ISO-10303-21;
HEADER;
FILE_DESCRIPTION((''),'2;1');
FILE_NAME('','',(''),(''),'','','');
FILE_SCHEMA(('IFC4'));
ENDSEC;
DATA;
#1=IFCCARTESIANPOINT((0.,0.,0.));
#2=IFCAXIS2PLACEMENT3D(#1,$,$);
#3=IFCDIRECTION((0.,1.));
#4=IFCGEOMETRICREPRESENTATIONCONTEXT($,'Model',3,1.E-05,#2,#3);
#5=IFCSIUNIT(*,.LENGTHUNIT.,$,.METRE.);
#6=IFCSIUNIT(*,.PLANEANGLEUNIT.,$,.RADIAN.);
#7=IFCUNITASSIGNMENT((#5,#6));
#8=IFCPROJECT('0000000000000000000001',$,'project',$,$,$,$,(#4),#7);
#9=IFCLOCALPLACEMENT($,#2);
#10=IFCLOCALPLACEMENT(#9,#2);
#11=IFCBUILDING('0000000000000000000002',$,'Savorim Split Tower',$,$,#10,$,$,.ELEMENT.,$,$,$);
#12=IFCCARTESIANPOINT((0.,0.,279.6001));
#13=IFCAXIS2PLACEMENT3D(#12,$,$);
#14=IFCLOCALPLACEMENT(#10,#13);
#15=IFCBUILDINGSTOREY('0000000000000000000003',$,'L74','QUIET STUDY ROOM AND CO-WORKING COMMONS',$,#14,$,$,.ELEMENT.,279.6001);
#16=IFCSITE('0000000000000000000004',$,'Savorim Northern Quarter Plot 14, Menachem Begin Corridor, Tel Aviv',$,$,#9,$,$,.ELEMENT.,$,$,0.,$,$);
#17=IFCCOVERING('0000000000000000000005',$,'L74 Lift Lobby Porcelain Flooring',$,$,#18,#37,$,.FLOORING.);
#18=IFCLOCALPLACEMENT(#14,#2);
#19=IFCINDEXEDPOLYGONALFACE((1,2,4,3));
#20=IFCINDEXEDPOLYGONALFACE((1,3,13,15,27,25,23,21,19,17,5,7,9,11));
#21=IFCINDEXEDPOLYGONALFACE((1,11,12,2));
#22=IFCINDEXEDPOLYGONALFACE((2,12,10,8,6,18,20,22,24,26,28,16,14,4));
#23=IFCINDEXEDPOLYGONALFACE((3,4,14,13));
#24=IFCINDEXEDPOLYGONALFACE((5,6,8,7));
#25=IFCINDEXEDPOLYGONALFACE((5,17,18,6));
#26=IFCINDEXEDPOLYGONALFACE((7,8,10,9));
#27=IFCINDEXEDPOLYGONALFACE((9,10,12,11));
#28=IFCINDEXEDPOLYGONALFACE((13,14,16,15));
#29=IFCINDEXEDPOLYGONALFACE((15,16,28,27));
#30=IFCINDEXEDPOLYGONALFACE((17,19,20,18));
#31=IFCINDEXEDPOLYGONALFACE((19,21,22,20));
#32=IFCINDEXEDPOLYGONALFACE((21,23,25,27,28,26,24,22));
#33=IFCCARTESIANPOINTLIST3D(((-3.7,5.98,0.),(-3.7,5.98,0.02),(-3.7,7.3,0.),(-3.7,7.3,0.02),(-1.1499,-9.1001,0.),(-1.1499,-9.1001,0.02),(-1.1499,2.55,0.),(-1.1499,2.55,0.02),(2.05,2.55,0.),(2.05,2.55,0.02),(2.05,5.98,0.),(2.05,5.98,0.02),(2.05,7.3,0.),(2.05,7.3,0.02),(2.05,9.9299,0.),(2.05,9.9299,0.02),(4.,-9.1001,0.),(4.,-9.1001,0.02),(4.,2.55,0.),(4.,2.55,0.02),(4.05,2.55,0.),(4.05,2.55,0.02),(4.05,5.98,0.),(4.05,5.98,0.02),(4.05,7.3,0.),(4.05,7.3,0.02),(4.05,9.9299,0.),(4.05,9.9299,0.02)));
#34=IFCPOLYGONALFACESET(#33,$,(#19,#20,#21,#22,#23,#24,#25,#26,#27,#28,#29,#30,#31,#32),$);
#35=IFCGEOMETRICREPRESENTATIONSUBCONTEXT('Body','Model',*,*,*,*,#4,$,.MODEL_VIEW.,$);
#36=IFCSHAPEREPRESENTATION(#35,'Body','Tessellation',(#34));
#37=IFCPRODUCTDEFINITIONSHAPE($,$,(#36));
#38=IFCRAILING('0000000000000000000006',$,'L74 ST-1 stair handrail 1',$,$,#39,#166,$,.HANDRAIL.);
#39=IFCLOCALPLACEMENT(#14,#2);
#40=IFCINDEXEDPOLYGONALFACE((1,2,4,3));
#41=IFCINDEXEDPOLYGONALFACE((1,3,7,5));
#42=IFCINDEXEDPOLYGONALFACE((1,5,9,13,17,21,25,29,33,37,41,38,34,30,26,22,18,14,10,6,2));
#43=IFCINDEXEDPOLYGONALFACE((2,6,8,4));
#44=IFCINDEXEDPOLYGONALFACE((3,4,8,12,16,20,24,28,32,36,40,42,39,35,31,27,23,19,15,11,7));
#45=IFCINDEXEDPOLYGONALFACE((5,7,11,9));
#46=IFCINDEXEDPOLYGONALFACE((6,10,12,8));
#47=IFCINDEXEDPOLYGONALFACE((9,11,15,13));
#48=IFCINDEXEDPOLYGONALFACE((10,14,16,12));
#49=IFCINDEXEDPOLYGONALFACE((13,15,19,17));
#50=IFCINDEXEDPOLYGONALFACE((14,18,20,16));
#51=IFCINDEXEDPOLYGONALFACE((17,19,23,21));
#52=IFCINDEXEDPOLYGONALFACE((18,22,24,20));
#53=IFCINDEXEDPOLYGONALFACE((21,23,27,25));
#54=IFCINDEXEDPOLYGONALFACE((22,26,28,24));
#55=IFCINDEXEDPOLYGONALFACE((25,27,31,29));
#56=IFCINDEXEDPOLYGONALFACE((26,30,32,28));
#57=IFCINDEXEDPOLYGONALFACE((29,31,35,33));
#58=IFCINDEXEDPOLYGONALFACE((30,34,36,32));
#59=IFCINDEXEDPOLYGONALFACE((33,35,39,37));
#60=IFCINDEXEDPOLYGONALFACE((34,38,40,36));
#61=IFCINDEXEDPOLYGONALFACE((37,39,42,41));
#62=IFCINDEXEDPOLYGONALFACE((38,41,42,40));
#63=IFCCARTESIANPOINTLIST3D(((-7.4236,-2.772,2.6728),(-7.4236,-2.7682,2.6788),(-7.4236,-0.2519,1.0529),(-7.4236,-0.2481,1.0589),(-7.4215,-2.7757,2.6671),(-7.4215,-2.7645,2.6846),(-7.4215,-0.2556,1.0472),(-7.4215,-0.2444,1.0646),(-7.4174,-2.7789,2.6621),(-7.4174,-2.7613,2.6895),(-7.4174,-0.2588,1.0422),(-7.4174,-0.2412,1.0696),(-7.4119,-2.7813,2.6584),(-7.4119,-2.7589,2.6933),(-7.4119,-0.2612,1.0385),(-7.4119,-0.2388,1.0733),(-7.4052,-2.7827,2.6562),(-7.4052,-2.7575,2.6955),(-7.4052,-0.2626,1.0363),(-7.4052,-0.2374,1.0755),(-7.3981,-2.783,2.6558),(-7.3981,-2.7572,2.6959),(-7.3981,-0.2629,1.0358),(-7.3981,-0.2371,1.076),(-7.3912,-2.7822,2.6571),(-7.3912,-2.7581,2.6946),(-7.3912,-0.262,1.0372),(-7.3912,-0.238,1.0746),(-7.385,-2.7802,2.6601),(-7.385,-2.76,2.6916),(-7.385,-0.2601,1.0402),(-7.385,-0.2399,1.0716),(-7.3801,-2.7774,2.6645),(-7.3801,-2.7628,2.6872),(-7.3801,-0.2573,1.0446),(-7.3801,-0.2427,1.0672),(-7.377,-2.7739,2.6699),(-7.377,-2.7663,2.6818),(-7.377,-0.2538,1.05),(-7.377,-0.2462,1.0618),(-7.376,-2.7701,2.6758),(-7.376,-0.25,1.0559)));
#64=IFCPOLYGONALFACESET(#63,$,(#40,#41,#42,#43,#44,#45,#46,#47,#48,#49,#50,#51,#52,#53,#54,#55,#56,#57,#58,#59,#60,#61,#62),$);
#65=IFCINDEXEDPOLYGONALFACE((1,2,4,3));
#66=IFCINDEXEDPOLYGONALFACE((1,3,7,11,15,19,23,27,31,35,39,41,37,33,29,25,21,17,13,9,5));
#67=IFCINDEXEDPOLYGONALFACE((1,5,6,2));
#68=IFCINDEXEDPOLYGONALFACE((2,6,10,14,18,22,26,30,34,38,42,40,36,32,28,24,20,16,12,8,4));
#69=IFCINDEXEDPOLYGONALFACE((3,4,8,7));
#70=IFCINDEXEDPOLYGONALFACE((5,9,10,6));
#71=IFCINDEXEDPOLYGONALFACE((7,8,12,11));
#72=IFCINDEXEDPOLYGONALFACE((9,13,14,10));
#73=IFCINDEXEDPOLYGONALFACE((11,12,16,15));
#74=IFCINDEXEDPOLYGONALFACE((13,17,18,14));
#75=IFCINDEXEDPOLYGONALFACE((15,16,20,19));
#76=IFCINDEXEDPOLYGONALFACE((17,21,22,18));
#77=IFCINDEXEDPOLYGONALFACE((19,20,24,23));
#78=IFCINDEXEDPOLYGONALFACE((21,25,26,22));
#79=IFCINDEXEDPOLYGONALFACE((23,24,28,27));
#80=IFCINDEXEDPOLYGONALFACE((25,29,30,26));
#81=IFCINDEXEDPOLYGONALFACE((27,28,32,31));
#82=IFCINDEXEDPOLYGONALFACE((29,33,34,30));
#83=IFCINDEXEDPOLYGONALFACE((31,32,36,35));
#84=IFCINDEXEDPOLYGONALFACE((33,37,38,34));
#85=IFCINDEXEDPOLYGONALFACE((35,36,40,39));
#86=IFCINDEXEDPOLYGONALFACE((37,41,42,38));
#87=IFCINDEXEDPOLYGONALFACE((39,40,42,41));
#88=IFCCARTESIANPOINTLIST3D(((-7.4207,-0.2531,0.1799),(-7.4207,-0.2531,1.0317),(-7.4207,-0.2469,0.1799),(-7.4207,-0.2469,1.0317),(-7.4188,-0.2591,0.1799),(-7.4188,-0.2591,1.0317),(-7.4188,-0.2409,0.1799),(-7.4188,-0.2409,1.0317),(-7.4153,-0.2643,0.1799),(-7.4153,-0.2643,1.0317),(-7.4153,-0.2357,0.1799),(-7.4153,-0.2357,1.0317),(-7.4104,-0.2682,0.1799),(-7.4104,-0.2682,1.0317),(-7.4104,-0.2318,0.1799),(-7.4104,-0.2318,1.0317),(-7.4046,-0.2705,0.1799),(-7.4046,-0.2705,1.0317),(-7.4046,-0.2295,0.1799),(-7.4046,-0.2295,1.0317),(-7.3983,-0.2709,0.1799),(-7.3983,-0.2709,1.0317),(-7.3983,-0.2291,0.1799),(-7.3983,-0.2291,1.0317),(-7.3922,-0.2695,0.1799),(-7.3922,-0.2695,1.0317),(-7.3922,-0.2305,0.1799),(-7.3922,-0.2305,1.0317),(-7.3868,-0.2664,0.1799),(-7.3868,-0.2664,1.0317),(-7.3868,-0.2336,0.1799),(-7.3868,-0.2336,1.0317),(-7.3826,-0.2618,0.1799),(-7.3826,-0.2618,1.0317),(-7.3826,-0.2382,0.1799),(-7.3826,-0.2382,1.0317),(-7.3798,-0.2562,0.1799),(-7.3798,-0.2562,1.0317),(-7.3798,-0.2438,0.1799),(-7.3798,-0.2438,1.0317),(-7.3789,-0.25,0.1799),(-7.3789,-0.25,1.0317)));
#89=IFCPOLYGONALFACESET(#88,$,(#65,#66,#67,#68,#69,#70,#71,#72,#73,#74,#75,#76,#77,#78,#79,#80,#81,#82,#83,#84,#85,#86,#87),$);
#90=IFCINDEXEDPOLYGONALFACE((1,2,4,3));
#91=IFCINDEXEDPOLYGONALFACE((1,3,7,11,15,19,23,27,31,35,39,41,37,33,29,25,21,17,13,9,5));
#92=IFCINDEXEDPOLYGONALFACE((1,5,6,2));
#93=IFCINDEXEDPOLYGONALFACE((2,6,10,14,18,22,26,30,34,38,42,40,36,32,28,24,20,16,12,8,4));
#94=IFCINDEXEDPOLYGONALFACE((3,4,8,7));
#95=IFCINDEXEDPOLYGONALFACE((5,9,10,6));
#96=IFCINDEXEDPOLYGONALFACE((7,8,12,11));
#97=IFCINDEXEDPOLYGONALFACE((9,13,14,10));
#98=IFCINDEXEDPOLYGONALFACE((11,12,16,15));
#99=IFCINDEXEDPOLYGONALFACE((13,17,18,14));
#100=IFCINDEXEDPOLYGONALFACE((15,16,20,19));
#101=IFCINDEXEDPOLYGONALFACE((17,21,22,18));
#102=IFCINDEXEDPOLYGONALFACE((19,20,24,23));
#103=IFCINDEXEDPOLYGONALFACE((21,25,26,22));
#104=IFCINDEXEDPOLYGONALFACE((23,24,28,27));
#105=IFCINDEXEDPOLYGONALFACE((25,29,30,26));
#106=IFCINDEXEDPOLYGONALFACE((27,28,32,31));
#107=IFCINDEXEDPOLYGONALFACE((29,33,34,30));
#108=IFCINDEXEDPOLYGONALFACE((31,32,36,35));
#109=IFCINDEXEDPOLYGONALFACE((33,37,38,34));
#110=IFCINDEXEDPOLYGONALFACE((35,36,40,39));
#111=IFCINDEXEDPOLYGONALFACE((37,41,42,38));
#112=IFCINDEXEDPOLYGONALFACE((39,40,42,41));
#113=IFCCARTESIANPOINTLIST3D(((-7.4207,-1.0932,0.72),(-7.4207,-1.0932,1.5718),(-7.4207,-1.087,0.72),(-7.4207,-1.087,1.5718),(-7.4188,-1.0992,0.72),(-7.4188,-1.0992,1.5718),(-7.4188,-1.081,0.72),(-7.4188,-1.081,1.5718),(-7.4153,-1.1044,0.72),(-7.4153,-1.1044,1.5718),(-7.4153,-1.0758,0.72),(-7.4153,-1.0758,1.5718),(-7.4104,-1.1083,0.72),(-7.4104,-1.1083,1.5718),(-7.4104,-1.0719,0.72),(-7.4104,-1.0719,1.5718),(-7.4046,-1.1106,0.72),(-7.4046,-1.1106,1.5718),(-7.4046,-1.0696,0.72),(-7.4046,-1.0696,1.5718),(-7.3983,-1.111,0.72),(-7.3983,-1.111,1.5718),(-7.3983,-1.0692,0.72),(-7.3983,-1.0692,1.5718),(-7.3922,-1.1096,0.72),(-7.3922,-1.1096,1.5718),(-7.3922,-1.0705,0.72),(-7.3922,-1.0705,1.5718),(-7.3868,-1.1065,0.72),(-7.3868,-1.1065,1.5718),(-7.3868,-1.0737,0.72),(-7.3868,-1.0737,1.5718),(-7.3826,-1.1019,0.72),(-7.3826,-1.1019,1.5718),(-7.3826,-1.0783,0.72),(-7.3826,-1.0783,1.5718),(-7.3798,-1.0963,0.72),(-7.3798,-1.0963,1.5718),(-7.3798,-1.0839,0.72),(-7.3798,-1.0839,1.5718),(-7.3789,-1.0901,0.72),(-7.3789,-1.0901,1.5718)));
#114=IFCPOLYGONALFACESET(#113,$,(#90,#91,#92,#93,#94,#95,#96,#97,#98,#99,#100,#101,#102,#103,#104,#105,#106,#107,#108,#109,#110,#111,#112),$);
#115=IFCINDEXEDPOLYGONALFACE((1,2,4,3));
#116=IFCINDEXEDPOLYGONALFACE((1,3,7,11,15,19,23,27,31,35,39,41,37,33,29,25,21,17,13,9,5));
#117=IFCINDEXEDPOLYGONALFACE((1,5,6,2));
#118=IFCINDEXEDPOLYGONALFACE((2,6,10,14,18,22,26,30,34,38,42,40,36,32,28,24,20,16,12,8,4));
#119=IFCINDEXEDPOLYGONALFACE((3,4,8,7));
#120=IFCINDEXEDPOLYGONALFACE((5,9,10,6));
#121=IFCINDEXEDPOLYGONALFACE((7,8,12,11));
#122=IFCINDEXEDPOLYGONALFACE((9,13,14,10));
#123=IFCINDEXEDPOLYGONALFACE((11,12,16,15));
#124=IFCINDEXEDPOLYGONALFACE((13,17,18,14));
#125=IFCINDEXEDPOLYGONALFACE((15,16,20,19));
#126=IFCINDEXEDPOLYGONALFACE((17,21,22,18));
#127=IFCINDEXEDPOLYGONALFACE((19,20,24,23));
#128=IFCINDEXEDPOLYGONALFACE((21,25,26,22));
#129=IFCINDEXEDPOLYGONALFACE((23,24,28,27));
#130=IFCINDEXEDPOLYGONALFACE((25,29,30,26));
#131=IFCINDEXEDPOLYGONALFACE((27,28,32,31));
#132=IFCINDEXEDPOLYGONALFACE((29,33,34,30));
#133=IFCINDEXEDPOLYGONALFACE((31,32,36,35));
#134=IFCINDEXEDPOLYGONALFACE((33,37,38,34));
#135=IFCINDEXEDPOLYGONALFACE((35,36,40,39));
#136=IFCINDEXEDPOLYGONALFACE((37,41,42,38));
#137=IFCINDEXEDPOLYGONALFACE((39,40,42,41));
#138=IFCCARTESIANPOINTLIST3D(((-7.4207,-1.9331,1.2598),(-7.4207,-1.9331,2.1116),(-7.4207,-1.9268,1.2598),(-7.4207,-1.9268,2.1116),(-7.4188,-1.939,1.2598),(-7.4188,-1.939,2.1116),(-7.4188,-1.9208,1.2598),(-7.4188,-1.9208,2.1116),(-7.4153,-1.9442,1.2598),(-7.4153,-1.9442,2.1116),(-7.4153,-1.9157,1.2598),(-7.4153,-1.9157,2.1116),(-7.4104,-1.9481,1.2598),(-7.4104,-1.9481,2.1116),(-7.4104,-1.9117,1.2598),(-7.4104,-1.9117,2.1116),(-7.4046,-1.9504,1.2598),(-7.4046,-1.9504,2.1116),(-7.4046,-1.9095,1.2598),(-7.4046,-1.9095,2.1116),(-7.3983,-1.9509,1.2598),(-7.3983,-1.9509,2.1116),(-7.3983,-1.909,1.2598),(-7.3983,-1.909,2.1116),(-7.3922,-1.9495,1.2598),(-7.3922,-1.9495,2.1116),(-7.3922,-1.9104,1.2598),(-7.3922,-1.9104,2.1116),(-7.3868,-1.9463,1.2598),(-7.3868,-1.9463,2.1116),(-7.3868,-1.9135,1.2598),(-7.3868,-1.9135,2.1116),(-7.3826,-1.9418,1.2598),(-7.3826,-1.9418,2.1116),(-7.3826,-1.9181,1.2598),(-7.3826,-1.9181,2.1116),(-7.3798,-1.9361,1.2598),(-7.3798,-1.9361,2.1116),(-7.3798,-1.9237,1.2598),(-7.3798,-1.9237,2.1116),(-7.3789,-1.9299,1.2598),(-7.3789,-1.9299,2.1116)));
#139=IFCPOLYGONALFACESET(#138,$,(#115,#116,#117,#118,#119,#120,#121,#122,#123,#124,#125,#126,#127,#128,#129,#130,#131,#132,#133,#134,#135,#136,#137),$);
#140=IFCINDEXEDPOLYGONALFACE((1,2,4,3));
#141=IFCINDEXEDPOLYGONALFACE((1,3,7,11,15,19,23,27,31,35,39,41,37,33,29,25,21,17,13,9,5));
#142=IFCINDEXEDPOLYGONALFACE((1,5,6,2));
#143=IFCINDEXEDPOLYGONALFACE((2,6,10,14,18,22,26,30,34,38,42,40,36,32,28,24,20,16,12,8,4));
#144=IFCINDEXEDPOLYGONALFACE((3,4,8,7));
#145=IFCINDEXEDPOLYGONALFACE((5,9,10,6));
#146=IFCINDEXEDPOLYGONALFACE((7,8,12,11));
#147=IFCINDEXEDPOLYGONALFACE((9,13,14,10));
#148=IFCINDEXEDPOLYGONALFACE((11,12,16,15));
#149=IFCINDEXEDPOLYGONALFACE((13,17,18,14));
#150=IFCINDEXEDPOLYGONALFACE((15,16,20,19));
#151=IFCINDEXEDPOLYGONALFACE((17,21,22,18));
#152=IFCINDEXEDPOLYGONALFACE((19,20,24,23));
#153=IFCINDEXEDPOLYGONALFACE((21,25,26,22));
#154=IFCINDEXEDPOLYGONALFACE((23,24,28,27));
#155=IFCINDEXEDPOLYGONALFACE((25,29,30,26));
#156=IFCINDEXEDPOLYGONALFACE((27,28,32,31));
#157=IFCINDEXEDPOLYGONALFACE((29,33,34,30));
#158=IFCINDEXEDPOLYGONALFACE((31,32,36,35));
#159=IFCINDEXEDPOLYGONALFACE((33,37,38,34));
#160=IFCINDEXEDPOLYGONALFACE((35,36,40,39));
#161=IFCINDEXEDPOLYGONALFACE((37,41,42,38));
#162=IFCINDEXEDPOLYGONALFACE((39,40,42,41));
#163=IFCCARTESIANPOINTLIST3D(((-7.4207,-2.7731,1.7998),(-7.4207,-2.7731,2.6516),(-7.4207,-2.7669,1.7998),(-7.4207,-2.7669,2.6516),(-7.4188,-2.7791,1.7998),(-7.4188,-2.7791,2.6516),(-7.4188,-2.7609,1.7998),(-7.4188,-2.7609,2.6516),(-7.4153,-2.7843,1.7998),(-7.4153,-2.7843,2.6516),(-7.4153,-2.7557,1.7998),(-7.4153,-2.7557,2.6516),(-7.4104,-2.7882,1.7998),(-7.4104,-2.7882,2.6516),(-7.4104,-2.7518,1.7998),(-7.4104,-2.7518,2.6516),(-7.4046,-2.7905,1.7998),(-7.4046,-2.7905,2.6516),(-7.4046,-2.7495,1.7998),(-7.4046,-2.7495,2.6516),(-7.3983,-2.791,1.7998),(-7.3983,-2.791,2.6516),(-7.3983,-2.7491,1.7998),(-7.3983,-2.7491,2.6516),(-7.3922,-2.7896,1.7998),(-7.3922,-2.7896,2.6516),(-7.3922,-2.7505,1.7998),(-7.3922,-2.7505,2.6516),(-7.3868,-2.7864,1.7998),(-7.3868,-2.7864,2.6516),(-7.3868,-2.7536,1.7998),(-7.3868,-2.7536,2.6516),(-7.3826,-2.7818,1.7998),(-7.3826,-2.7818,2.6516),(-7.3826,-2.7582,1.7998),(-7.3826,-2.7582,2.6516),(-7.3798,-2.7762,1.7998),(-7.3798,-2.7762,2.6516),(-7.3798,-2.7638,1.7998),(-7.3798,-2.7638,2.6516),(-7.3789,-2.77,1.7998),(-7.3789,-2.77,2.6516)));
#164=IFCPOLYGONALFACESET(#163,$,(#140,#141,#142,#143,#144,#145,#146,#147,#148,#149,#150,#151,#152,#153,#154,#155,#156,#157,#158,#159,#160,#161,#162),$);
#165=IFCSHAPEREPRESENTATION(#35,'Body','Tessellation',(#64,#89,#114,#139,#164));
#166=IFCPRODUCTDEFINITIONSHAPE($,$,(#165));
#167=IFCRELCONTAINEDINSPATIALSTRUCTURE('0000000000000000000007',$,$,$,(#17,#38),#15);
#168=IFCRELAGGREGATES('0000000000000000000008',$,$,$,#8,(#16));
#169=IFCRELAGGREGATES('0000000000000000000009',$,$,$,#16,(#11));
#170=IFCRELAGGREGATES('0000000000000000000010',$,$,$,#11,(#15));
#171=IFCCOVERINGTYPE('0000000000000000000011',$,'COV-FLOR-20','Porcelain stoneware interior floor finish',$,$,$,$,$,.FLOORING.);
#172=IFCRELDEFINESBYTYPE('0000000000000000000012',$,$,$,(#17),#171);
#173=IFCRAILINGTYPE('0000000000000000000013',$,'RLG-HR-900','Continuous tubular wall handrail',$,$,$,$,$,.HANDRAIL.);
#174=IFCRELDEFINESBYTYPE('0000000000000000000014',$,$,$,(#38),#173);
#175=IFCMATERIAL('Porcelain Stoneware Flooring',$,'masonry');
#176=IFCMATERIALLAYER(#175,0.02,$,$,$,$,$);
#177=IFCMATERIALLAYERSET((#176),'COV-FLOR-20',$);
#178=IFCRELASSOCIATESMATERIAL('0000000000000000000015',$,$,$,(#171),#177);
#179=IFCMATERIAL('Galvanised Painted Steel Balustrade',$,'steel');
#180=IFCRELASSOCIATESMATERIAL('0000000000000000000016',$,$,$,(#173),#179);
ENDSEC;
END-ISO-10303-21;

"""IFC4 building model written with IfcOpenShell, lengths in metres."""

from ifc_helpers import new_model, si_unit, direction, frame, origin, origin_2d, place, context, subcontext, project, spatial, polyline, circle, outline, extrude, material, layer, layer_set, type_object, element, save


model = new_model("IFC4")

# Units and contexts
model_context = context("Model", 3, precision=1e-05, world=origin(), true_north=direction((0.0, 1.0)))
body_context = subcontext(model_context, "Body", "Model", "MODEL_VIEW")
ifc_project = project(units=[si_unit("LENGTHUNIT", "METRE"), si_unit("PLANEANGLEUNIT", "RADIAN")], contexts=[model_context])

# Site, building, storey
site_placement = place(None, origin())
site = spatial("IfcSite", under=ifc_project, at=site_placement, Name="Savorim Northern Quarter Plot 14, Menachem Begin Corridor, Tel Aviv", CompositionType="ELEMENT", RefElevation=0.0)
building_placement = place(site_placement, origin())
building = spatial("IfcBuilding", under=site, at=building_placement, Name="Savorim Split Tower", CompositionType="ELEMENT")
storey_placement = place(building_placement, frame((0.0, 0.0, 279.6001)))
storey = spatial("IfcBuildingStorey", under=building, at=storey_placement, Name="L74", Description="QUIET STUDY ROOM AND CO-WORKING COMMONS", CompositionType="ELEMENT", Elevation=279.6001)

# Covering
ifc_material_1 = material(Name="Porcelain Stoneware Flooring", Category="masonry")
ifc_layer_1 = layer(ifc_material_1, 0.02)
ifc_layer_set_1 = layer_set([ifc_layer_1], Name="COV-FLOR-20")
covering_type_1 = type_object("IfcCoveringType", Name="COV-FLOR-20", Description="Porcelain stoneware interior floor finish", PredefinedType="FLOORING", material=ifc_layer_set_1)
covering_1_placement = place(storey_placement, origin())
element("IfcCovering", 1, at=covering_1_placement, inside=storey, type_object=covering_type_1, Name="L74 Lift Lobby Porcelain Flooring", PredefinedType="FLOORING", context=body_context, shape_type="SweptSolid", body=[
    extrude(outline(polyline([(2.05, 2.55), (-1.1499, 2.55), (-1.1499, -9.1001), (4.0, -9.1001), (4.0, 2.55), (4.05, 2.55), (4.05, 5.98), (4.05, 7.3), (4.05, 9.9299), (2.05, 9.9299), (2.05, 7.3), (-3.7, 7.3), (-3.7, 5.98), (2.05, 5.98), (2.05, 2.55)])), origin(), (0.0, 0.0, 1.0), 0.02),
])

# Railing
ifc_material_2 = material(Name="Galvanised Painted Steel Balustrade", Category="steel")
railing_type_1 = type_object("IfcRailingType", Name="RLG-HR-900", Description="Continuous tubular wall handrail", PredefinedType="HANDRAIL", material=ifc_material_2)
railing_1_placement = place(storey_placement, frame((-7.3999, -0.25, 0.1799)))
element("IfcRailing", 2, at=railing_1_placement, inside=storey, type_object=railing_type_1, Name="L74 ST-1 stair handrail 1", PredefinedType="HANDRAIL", context=body_context, shape_type="SweptSolid", body=[
    extrude(circle(Radius=0.0239, at=origin_2d()), frame((0.0, 0.0, 0.876), z_axis=(0.0, -0.8412, 0.540725), x_axis=(1.0, 0.0, 0.0)), (0.0, 0.0, 1.0), 2.9958),
    extrude(circle(Radius=0.021, at=origin_2d()), origin(), (0.0, 0.0, 1.0), 0.8518),
    extrude(circle(Radius=0.021, at=origin_2d()), frame((0.0, -0.8401, 0.54)), (0.0, 0.0, 1.0), 0.8518),
    extrude(circle(Radius=0.021, at=origin_2d()), frame((0.0, -1.6799, 1.0798)), (0.0, 0.0, 1.0), 0.8518),
    extrude(circle(Radius=0.021, at=origin_2d()), frame((0.0, -2.52, 1.6199)), (0.0, 0.0, 1.0), 0.8518),
])

save(model, "model.ifc")
